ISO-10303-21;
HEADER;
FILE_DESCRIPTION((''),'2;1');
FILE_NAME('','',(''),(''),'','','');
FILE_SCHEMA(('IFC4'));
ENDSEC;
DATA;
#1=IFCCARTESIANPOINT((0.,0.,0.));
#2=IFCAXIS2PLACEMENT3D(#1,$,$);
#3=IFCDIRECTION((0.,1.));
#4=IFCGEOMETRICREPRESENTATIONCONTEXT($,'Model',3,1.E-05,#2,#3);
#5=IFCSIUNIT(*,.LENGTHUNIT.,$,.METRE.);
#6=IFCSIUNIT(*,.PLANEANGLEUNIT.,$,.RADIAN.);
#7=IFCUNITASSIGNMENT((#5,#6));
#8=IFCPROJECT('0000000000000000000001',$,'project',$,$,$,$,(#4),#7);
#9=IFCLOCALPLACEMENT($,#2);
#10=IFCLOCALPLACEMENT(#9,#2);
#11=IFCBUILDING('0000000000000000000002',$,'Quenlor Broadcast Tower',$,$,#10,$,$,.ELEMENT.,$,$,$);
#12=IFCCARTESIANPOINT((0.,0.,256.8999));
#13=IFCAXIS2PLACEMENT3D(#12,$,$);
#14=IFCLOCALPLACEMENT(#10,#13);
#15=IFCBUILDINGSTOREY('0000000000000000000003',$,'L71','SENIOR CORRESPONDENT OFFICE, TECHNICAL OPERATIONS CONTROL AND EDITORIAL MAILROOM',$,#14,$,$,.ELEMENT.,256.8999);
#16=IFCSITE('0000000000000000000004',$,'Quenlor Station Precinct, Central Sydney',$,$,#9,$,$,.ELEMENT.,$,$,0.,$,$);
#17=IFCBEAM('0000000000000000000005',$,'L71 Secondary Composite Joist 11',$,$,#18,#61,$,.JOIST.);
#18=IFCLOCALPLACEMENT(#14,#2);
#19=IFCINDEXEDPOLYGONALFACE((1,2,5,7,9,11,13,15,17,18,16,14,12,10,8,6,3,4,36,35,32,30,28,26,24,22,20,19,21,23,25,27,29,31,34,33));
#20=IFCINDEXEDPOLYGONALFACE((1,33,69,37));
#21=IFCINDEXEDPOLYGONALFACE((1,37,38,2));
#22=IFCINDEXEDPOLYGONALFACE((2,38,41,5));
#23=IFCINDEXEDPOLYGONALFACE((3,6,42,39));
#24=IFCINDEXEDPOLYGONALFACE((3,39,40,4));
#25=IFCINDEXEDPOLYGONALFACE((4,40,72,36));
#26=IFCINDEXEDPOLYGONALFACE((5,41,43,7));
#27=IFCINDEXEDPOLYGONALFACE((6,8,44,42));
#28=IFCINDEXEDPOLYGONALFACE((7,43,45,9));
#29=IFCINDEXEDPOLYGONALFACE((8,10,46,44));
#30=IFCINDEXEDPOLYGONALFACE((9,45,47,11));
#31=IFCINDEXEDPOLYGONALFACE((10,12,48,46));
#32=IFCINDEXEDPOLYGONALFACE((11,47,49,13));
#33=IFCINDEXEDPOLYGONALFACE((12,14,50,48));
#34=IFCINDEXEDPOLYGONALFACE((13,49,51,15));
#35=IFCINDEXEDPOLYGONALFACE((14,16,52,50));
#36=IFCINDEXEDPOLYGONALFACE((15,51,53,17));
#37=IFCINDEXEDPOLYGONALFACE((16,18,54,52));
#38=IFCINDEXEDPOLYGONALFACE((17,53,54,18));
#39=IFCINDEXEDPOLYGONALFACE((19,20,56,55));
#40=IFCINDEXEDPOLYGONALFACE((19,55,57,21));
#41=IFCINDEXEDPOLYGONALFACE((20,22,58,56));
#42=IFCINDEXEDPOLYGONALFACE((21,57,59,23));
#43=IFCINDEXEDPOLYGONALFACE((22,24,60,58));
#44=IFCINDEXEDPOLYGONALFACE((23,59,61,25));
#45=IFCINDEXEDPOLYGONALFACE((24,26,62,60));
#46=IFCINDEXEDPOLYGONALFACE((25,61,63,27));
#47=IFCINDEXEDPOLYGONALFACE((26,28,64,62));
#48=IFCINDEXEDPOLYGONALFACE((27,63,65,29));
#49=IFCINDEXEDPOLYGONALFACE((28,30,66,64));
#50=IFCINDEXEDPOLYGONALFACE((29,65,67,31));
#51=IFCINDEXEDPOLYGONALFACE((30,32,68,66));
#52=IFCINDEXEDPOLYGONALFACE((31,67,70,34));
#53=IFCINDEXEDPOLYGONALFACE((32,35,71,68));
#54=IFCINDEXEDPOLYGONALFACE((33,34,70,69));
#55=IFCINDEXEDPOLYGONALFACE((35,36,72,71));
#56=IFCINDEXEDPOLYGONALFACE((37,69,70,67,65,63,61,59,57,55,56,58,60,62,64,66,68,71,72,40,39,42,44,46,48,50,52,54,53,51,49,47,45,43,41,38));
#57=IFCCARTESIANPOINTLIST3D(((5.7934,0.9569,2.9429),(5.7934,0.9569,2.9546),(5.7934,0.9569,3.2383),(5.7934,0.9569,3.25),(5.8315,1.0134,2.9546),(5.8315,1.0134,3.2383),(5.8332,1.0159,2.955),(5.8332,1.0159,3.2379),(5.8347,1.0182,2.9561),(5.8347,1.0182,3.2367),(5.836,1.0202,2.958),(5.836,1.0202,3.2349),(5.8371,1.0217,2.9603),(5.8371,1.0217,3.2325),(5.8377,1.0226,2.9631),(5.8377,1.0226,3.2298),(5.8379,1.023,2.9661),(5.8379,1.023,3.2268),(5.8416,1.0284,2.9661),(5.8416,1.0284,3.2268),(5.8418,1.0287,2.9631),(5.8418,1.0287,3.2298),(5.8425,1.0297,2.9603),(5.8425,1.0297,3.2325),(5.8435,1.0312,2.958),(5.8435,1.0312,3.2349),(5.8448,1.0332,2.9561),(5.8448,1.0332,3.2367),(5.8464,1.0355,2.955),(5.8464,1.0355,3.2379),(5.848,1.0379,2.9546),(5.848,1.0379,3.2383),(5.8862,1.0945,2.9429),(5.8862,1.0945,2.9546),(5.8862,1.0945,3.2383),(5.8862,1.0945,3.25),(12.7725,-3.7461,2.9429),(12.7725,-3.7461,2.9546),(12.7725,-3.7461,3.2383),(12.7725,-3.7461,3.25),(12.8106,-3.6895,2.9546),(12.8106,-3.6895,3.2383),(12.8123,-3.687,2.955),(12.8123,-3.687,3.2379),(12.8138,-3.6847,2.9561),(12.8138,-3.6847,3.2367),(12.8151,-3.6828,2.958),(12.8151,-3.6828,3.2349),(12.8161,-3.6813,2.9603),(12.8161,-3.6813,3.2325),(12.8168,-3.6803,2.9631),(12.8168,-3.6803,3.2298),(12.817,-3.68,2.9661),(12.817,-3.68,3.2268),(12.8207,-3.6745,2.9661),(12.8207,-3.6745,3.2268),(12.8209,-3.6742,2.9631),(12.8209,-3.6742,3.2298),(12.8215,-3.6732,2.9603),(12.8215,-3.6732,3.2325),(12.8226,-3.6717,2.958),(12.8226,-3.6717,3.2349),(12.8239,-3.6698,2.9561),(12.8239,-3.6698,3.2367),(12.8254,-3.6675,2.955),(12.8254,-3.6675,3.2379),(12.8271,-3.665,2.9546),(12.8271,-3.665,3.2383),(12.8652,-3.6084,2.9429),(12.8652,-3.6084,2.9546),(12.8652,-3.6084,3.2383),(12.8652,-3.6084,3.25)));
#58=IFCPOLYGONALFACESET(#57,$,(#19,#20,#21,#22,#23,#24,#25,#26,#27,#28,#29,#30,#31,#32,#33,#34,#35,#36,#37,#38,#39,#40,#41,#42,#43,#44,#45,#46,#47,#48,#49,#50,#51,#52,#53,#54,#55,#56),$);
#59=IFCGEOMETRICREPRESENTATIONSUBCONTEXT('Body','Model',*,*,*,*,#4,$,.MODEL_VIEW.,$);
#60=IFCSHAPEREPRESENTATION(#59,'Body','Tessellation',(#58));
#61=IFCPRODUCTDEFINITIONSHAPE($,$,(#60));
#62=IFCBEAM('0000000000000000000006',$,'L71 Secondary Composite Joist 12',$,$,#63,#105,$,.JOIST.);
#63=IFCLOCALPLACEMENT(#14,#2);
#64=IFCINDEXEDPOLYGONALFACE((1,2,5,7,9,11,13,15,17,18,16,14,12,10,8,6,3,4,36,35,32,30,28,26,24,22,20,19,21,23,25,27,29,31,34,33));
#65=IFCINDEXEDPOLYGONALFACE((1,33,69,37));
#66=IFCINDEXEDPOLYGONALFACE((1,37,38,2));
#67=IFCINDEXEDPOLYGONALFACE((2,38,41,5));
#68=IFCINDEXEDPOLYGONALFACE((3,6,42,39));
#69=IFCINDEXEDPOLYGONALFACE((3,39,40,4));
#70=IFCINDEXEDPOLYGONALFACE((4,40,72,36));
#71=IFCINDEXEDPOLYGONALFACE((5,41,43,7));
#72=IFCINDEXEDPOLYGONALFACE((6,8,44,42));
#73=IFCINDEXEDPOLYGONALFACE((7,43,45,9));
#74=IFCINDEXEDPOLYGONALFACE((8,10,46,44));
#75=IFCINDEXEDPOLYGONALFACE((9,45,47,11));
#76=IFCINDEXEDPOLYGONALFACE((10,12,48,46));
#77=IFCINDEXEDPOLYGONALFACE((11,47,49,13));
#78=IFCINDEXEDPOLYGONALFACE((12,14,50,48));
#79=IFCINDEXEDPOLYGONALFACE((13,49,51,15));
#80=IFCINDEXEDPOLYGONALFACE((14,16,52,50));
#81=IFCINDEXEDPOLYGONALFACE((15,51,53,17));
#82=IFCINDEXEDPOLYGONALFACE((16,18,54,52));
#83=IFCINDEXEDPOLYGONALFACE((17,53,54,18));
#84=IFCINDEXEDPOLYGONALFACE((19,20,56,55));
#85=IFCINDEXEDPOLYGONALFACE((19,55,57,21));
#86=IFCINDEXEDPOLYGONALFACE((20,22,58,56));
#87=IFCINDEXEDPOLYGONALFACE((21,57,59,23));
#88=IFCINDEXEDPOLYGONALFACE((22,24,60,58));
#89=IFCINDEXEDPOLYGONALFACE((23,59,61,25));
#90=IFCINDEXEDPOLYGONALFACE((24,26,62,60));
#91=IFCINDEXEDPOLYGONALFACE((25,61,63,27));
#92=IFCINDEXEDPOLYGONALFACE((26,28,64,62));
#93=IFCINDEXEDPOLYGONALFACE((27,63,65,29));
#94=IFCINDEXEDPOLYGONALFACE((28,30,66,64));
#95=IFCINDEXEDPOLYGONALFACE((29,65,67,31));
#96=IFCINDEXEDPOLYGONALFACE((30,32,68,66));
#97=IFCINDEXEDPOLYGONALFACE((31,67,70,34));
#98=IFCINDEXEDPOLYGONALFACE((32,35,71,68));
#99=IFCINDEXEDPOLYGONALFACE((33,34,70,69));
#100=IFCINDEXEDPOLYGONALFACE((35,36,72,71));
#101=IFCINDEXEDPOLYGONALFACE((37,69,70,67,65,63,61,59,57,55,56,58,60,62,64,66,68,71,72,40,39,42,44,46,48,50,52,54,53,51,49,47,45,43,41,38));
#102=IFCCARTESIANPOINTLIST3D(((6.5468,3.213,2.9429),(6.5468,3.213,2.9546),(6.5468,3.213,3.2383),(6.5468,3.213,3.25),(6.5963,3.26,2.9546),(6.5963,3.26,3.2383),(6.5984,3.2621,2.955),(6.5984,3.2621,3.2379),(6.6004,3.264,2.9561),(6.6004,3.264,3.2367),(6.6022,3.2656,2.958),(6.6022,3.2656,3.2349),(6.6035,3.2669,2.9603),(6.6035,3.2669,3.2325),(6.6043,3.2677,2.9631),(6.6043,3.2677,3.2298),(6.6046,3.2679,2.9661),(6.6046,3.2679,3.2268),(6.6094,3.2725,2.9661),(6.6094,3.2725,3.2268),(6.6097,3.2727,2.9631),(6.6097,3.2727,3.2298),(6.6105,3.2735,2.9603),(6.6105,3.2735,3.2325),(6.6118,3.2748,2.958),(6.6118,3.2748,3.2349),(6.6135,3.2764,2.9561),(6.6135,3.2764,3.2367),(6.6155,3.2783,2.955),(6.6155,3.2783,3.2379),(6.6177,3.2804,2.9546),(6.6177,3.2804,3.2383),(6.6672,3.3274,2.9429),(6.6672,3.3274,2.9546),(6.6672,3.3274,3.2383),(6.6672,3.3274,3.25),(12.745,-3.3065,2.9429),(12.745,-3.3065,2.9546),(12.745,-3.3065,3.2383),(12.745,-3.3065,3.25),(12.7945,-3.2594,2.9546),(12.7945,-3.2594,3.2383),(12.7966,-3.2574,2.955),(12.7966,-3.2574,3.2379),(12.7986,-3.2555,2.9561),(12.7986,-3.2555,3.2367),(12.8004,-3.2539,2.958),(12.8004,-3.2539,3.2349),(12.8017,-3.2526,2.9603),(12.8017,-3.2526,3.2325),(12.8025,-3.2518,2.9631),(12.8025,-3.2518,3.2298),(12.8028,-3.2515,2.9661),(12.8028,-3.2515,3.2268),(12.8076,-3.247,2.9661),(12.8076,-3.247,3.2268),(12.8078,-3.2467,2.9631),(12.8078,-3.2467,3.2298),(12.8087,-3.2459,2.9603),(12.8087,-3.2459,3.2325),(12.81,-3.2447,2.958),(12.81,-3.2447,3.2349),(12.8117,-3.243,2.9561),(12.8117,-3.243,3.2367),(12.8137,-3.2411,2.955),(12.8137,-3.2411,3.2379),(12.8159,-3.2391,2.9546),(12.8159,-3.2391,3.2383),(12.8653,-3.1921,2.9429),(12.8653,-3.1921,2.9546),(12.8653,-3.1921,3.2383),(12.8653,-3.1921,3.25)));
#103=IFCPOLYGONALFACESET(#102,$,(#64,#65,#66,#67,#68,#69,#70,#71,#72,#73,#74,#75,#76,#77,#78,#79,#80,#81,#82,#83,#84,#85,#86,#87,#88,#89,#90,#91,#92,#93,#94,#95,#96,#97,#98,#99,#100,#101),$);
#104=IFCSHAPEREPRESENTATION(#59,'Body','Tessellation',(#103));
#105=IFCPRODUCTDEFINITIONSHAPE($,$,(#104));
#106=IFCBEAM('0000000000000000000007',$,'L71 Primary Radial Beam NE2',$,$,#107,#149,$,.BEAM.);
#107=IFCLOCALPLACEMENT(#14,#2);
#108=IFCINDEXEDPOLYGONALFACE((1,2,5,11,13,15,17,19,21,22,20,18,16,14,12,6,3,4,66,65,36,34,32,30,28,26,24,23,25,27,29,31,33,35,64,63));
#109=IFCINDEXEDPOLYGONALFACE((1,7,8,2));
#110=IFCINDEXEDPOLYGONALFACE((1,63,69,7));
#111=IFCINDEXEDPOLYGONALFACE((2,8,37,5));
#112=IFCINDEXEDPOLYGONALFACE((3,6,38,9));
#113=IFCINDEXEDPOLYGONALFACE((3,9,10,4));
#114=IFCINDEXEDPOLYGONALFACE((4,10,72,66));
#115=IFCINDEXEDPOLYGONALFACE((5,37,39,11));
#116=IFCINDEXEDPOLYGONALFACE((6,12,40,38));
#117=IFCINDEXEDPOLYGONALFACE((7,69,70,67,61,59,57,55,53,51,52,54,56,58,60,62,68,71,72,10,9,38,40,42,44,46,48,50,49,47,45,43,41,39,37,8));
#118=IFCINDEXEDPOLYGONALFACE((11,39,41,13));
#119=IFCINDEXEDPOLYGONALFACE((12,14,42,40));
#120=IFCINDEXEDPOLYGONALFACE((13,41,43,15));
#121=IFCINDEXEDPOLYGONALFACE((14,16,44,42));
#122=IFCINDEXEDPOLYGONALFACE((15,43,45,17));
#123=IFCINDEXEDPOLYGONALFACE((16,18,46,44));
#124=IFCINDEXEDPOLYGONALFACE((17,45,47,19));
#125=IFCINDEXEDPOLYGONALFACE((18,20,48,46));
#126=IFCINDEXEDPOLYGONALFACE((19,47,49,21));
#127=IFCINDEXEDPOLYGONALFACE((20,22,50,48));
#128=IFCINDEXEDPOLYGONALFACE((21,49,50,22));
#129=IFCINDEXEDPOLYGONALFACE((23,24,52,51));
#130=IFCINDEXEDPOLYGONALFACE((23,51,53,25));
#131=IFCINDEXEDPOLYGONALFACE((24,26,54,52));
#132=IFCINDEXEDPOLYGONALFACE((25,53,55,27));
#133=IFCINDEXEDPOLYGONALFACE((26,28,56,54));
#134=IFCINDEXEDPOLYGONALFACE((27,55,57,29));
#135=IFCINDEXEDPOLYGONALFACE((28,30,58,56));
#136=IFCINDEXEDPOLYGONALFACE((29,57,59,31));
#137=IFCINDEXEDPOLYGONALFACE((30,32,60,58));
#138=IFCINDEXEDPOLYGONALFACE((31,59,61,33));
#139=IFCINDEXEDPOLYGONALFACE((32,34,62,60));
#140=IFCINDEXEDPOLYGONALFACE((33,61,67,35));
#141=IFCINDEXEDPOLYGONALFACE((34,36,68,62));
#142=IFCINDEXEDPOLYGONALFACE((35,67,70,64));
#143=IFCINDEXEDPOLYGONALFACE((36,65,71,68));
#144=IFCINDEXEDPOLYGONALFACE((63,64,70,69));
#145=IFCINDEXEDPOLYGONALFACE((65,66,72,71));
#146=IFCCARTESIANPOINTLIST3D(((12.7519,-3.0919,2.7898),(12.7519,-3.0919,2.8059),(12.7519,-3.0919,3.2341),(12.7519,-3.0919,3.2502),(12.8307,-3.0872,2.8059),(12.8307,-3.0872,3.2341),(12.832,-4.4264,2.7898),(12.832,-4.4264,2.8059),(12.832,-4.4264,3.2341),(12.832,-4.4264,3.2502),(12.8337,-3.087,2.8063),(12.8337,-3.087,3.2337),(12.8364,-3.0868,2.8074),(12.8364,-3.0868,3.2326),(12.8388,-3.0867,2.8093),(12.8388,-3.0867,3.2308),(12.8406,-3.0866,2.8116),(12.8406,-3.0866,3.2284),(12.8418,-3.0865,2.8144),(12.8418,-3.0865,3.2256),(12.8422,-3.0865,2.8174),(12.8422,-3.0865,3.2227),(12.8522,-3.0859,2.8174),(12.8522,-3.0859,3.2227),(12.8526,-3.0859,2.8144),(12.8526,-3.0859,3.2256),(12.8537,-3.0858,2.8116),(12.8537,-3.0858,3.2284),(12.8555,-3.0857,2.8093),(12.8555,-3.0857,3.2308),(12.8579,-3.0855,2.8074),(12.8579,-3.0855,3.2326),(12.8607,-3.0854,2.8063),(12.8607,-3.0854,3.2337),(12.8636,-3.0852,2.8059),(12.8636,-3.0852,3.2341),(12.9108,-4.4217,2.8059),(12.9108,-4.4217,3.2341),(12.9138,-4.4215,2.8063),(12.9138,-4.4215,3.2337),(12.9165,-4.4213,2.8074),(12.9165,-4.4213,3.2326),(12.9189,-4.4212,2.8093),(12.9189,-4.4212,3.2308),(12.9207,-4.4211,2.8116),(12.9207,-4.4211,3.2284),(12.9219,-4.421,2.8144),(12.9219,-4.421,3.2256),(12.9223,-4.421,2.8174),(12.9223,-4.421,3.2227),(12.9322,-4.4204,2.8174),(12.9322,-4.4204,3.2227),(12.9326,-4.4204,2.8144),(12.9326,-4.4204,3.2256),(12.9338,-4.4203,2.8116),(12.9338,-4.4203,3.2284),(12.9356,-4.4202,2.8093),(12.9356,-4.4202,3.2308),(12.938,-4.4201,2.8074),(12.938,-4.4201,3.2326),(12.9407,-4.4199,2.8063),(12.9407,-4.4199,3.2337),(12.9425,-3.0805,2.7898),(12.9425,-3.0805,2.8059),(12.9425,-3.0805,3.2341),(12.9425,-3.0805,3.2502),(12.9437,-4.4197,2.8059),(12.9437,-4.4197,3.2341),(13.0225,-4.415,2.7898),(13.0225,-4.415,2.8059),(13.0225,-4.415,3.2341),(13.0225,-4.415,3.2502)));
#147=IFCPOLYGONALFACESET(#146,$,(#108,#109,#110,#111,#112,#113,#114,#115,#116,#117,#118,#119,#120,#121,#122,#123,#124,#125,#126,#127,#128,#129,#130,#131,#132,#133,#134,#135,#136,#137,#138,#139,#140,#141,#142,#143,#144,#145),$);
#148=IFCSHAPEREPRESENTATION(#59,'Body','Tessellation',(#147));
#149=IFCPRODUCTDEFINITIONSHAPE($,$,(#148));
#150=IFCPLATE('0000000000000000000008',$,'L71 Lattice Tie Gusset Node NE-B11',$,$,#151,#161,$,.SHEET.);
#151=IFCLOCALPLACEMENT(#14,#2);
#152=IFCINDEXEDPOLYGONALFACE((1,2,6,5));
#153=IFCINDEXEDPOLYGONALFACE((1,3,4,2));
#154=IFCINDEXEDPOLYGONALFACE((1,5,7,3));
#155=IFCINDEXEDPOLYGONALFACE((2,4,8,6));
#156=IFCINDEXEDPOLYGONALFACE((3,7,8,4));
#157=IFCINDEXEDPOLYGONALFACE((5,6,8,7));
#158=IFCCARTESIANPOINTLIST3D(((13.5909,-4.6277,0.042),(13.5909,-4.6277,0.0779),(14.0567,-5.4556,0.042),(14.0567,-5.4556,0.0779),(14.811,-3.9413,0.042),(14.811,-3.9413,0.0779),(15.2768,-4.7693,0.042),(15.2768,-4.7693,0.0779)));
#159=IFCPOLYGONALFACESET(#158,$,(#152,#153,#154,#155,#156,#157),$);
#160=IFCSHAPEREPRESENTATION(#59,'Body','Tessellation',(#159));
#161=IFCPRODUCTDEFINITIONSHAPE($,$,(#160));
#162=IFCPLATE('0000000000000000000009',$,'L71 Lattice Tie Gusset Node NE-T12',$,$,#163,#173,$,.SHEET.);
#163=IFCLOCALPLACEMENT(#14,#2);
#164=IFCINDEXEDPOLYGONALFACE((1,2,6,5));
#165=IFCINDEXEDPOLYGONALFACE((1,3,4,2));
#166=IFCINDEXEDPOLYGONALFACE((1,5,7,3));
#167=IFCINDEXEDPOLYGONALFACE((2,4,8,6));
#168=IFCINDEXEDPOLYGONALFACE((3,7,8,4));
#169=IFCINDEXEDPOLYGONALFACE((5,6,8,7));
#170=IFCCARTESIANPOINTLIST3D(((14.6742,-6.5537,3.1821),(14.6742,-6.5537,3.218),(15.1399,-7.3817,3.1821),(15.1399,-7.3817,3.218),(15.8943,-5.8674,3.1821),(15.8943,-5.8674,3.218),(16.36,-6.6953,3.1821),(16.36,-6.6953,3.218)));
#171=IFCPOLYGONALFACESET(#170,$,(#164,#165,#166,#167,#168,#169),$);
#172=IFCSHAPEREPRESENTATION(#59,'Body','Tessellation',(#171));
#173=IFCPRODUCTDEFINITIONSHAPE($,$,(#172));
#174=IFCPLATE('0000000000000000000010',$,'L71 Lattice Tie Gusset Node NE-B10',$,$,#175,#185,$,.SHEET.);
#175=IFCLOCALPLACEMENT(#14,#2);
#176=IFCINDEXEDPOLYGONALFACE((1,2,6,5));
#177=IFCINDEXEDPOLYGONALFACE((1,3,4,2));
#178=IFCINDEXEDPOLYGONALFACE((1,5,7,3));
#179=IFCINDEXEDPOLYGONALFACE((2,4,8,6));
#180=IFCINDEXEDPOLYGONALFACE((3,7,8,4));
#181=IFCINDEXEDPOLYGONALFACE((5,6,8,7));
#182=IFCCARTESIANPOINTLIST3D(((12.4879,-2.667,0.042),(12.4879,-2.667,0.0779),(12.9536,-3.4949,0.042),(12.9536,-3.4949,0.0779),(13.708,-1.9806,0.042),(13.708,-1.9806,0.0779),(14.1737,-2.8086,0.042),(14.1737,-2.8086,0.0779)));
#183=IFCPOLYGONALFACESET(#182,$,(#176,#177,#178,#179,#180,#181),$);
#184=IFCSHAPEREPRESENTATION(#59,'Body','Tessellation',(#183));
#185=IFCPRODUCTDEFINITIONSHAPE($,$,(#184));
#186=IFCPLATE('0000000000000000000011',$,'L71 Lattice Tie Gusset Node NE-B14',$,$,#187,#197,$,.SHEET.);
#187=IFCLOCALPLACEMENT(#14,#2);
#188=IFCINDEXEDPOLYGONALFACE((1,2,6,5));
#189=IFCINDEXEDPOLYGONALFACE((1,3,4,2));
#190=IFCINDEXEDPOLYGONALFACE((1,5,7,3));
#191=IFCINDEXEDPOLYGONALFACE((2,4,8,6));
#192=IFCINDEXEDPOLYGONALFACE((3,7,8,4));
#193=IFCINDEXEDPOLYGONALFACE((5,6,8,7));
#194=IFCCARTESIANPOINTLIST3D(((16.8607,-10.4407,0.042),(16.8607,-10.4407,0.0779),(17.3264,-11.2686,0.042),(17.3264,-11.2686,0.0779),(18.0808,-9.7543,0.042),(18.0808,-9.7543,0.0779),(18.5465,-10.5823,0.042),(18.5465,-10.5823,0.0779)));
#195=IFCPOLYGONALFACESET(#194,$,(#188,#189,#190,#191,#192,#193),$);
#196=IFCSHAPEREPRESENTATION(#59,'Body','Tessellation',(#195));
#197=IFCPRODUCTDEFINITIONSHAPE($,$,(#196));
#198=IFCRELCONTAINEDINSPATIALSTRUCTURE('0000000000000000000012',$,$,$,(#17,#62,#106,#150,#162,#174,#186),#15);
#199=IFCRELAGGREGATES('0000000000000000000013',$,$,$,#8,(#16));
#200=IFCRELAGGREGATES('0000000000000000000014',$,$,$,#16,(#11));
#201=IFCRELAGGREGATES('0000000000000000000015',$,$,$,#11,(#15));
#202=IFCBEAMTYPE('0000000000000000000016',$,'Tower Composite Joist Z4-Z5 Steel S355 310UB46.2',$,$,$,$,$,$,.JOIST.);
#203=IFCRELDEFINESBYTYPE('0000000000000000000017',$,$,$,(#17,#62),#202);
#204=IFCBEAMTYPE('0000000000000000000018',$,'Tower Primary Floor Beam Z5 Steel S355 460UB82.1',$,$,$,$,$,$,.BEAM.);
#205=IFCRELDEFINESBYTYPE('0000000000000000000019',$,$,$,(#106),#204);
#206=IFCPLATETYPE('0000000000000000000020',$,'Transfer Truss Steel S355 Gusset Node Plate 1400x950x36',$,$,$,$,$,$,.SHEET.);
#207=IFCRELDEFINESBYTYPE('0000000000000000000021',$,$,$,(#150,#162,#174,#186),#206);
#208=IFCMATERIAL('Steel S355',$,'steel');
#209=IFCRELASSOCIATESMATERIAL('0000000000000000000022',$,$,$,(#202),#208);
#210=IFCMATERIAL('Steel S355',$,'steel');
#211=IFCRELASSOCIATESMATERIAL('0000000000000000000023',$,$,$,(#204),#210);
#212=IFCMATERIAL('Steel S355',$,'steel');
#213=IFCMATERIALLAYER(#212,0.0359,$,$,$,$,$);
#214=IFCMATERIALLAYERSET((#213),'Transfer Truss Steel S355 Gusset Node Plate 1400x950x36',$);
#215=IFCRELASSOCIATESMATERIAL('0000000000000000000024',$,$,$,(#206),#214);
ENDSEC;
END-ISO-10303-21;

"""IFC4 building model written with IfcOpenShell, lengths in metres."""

from ifc_helpers import new_model, si_unit, direction, frame, origin, origin_2d, place, context, subcontext, project, spatial, rectangle, i_section, extrude, material, layer, layer_set, material_profile, profile_set, type_object, element, save


model = new_model("IFC4")

# Units and contexts
model_context = context("Model", 3, precision=1e-05, world=origin(), true_north=direction((0.0, 1.0)))
body_context = subcontext(model_context, "Body", "Model", "MODEL_VIEW")
ifc_project = project(units=[si_unit("LENGTHUNIT", "METRE"), si_unit("PLANEANGLEUNIT", "RADIAN")], contexts=[model_context])

# Site, building, storey
site_placement = place(None, origin())
site = spatial("IfcSite", under=ifc_project, at=site_placement, Name="Quenlor Station Precinct, Central Sydney", CompositionType="ELEMENT", RefElevation=0.0)
building_placement = place(site_placement, origin())
building = spatial("IfcBuilding", under=site, at=building_placement, Name="Quenlor Broadcast Tower", CompositionType="ELEMENT")
storey_placement = place(building_placement, frame((0.0, 0.0, 256.8999)))
storey = spatial("IfcBuildingStorey", under=building, at=storey_placement, Name="L71", Description="SENIOR CORRESPONDENT OFFICE, TECHNICAL OPERATIONS CONTROL AND EDITORIAL MAILROOM", CompositionType="ELEMENT", Elevation=256.8999)

# Beams
ifc_material_1 = material(Name="Steel S355", Category="steel")
ifc_material_profile_1 = material_profile(ifc_material_1, i_section(OverallWidth=0.166, OverallDepth=0.3071, WebThickness=0.0066, FlangeThickness=0.0117, FilletRadius=0.0115, at=origin_2d()))
ifc_profile_set_1 = profile_set([ifc_material_profile_1], Name="Steel S355 310UB46.2")
beam_type_1 = type_object("IfcBeamType", Name="Tower Composite Joist Z4-Z5 Steel S355 310UB46.2", PredefinedType="JOIST", material=ifc_profile_set_1)
beam_1_placement = place(storey_placement, frame((12.8188, -3.6772, 3.0964), z_axis=(-0.829286, 0.558824, 0.0), x_axis=(-0.558824, -0.829286, 0.0)))
element("IfcBeam", 1, at=beam_1_placement, inside=storey, type_object=beam_type_1, Name="L71 Secondary Composite Joist 11", PredefinedType="JOIST", context=body_context, shape_type="SweptSolid", body=[
    extrude(i_section(OverallWidth=0.166, OverallDepth=0.3071, WebThickness=0.0066, FlangeThickness=0.0117, FilletRadius=0.0115, at=origin_2d()), origin(), (0.0, 0.0, 1.0), 8.4158),
])
beam_2_placement = place(storey_placement, frame((12.8052, -3.2493, 3.0964), z_axis=(-0.689023, 0.724739, 0.0), x_axis=(-0.724739, -0.689023, 0.0)))
element("IfcBeam", 2, at=beam_2_placement, inside=storey, type_object=beam_type_1, Name="L71 Secondary Composite Joist 12", PredefinedType="JOIST", context=body_context, shape_type="SweptSolid", body=[
    extrude(i_section(OverallWidth=0.166, OverallDepth=0.3071, WebThickness=0.0066, FlangeThickness=0.0117, FilletRadius=0.0115, at=origin_2d()), origin(), (0.0, 0.0, 1.0), 8.9956),
])
ifc_material_2 = material(Name="Steel S355", Category="steel")
ifc_material_profile_2 = material_profile(ifc_material_2, i_section(OverallWidth=0.1909, OverallDepth=0.4604, WebThickness=0.01, FlangeThickness=0.0161, FilletRadius=0.0115, at=origin_2d()))
ifc_profile_set_2 = profile_set([ifc_material_profile_2], Name="Steel S355 460UB82.1")
beam_type_2 = type_object("IfcBeamType", Name="Tower Primary Floor Beam Z5 Steel S355 460UB82.1", PredefinedType="BEAM", material=ifc_profile_set_2)
beam_3_placement = place(storey_placement, frame((12.8472, -3.0862, 3.02), z_axis=(0.0599, -0.998204, 0.0), x_axis=(0.998204, 0.0599, 0.0)))
element("IfcBeam", 3, at=beam_3_placement, inside=storey, type_object=beam_type_2, Name="L71 Primary Radial Beam NE2", PredefinedType="BEAM", context=body_context, shape_type="SweptSolid", body=[
    extrude(i_section(OverallWidth=0.1909, OverallDepth=0.4604, WebThickness=0.01, FlangeThickness=0.0161, FilletRadius=0.0115, at=origin_2d()), origin(), (0.0, 0.0, 1.0), 1.3369),
])

# Plates
ifc_material_3 = material(Name="Steel S355", Category="steel")
ifc_layer_1 = layer(ifc_material_3, 0.0359)
ifc_layer_set_1 = layer_set([ifc_layer_1], Name="Transfer Truss Steel S355 Gusset Node Plate 1400x950x36")
plate_type = type_object("IfcPlateType", Name="Transfer Truss Steel S355 Gusset Node Plate 1400x950x36", PredefinedType="SHEET", material=ifc_layer_set_1)
for number, where, z_axis, x_axis, name in (
    (4, (14.4338, -4.6985, 0.042), (0.0, 0.0, 1.0), (0.871556, 0.490295, 0.0), "L71 Lattice Tie Gusset Node NE-B11"),
    (5, (15.5171, -6.6245, 3.1821), (0.0, 0.0, 1.0), (0.871556, 0.490295, 0.0), "L71 Lattice Tie Gusset Node NE-T12"),
    (6, (13.3308, -2.7378, 0.042), (0.0, 0.0, 1.0), (0.871556, 0.490295, 0.0), "L71 Lattice Tie Gusset Node NE-B10"),
    (7, (17.7036, -10.5115, 0.042), (0.0, 0.0, 1.0), (0.871556, 0.490295, 0.0), "L71 Lattice Tie Gusset Node NE-B14"),
):
    element("IfcPlate", number, at=place(storey_placement, frame(where, z_axis=z_axis, x_axis=x_axis)), inside=storey, type_object=plate_type, Name=name, PredefinedType="SHEET", context=body_context, shape_type="SweptSolid", body=[
        extrude(rectangle(XDim=1.3999, YDim=0.95, at=origin_2d()), origin(), (0.0, 0.0, 1.0), 0.0359),
    ])

save(model, "model.ifc")
